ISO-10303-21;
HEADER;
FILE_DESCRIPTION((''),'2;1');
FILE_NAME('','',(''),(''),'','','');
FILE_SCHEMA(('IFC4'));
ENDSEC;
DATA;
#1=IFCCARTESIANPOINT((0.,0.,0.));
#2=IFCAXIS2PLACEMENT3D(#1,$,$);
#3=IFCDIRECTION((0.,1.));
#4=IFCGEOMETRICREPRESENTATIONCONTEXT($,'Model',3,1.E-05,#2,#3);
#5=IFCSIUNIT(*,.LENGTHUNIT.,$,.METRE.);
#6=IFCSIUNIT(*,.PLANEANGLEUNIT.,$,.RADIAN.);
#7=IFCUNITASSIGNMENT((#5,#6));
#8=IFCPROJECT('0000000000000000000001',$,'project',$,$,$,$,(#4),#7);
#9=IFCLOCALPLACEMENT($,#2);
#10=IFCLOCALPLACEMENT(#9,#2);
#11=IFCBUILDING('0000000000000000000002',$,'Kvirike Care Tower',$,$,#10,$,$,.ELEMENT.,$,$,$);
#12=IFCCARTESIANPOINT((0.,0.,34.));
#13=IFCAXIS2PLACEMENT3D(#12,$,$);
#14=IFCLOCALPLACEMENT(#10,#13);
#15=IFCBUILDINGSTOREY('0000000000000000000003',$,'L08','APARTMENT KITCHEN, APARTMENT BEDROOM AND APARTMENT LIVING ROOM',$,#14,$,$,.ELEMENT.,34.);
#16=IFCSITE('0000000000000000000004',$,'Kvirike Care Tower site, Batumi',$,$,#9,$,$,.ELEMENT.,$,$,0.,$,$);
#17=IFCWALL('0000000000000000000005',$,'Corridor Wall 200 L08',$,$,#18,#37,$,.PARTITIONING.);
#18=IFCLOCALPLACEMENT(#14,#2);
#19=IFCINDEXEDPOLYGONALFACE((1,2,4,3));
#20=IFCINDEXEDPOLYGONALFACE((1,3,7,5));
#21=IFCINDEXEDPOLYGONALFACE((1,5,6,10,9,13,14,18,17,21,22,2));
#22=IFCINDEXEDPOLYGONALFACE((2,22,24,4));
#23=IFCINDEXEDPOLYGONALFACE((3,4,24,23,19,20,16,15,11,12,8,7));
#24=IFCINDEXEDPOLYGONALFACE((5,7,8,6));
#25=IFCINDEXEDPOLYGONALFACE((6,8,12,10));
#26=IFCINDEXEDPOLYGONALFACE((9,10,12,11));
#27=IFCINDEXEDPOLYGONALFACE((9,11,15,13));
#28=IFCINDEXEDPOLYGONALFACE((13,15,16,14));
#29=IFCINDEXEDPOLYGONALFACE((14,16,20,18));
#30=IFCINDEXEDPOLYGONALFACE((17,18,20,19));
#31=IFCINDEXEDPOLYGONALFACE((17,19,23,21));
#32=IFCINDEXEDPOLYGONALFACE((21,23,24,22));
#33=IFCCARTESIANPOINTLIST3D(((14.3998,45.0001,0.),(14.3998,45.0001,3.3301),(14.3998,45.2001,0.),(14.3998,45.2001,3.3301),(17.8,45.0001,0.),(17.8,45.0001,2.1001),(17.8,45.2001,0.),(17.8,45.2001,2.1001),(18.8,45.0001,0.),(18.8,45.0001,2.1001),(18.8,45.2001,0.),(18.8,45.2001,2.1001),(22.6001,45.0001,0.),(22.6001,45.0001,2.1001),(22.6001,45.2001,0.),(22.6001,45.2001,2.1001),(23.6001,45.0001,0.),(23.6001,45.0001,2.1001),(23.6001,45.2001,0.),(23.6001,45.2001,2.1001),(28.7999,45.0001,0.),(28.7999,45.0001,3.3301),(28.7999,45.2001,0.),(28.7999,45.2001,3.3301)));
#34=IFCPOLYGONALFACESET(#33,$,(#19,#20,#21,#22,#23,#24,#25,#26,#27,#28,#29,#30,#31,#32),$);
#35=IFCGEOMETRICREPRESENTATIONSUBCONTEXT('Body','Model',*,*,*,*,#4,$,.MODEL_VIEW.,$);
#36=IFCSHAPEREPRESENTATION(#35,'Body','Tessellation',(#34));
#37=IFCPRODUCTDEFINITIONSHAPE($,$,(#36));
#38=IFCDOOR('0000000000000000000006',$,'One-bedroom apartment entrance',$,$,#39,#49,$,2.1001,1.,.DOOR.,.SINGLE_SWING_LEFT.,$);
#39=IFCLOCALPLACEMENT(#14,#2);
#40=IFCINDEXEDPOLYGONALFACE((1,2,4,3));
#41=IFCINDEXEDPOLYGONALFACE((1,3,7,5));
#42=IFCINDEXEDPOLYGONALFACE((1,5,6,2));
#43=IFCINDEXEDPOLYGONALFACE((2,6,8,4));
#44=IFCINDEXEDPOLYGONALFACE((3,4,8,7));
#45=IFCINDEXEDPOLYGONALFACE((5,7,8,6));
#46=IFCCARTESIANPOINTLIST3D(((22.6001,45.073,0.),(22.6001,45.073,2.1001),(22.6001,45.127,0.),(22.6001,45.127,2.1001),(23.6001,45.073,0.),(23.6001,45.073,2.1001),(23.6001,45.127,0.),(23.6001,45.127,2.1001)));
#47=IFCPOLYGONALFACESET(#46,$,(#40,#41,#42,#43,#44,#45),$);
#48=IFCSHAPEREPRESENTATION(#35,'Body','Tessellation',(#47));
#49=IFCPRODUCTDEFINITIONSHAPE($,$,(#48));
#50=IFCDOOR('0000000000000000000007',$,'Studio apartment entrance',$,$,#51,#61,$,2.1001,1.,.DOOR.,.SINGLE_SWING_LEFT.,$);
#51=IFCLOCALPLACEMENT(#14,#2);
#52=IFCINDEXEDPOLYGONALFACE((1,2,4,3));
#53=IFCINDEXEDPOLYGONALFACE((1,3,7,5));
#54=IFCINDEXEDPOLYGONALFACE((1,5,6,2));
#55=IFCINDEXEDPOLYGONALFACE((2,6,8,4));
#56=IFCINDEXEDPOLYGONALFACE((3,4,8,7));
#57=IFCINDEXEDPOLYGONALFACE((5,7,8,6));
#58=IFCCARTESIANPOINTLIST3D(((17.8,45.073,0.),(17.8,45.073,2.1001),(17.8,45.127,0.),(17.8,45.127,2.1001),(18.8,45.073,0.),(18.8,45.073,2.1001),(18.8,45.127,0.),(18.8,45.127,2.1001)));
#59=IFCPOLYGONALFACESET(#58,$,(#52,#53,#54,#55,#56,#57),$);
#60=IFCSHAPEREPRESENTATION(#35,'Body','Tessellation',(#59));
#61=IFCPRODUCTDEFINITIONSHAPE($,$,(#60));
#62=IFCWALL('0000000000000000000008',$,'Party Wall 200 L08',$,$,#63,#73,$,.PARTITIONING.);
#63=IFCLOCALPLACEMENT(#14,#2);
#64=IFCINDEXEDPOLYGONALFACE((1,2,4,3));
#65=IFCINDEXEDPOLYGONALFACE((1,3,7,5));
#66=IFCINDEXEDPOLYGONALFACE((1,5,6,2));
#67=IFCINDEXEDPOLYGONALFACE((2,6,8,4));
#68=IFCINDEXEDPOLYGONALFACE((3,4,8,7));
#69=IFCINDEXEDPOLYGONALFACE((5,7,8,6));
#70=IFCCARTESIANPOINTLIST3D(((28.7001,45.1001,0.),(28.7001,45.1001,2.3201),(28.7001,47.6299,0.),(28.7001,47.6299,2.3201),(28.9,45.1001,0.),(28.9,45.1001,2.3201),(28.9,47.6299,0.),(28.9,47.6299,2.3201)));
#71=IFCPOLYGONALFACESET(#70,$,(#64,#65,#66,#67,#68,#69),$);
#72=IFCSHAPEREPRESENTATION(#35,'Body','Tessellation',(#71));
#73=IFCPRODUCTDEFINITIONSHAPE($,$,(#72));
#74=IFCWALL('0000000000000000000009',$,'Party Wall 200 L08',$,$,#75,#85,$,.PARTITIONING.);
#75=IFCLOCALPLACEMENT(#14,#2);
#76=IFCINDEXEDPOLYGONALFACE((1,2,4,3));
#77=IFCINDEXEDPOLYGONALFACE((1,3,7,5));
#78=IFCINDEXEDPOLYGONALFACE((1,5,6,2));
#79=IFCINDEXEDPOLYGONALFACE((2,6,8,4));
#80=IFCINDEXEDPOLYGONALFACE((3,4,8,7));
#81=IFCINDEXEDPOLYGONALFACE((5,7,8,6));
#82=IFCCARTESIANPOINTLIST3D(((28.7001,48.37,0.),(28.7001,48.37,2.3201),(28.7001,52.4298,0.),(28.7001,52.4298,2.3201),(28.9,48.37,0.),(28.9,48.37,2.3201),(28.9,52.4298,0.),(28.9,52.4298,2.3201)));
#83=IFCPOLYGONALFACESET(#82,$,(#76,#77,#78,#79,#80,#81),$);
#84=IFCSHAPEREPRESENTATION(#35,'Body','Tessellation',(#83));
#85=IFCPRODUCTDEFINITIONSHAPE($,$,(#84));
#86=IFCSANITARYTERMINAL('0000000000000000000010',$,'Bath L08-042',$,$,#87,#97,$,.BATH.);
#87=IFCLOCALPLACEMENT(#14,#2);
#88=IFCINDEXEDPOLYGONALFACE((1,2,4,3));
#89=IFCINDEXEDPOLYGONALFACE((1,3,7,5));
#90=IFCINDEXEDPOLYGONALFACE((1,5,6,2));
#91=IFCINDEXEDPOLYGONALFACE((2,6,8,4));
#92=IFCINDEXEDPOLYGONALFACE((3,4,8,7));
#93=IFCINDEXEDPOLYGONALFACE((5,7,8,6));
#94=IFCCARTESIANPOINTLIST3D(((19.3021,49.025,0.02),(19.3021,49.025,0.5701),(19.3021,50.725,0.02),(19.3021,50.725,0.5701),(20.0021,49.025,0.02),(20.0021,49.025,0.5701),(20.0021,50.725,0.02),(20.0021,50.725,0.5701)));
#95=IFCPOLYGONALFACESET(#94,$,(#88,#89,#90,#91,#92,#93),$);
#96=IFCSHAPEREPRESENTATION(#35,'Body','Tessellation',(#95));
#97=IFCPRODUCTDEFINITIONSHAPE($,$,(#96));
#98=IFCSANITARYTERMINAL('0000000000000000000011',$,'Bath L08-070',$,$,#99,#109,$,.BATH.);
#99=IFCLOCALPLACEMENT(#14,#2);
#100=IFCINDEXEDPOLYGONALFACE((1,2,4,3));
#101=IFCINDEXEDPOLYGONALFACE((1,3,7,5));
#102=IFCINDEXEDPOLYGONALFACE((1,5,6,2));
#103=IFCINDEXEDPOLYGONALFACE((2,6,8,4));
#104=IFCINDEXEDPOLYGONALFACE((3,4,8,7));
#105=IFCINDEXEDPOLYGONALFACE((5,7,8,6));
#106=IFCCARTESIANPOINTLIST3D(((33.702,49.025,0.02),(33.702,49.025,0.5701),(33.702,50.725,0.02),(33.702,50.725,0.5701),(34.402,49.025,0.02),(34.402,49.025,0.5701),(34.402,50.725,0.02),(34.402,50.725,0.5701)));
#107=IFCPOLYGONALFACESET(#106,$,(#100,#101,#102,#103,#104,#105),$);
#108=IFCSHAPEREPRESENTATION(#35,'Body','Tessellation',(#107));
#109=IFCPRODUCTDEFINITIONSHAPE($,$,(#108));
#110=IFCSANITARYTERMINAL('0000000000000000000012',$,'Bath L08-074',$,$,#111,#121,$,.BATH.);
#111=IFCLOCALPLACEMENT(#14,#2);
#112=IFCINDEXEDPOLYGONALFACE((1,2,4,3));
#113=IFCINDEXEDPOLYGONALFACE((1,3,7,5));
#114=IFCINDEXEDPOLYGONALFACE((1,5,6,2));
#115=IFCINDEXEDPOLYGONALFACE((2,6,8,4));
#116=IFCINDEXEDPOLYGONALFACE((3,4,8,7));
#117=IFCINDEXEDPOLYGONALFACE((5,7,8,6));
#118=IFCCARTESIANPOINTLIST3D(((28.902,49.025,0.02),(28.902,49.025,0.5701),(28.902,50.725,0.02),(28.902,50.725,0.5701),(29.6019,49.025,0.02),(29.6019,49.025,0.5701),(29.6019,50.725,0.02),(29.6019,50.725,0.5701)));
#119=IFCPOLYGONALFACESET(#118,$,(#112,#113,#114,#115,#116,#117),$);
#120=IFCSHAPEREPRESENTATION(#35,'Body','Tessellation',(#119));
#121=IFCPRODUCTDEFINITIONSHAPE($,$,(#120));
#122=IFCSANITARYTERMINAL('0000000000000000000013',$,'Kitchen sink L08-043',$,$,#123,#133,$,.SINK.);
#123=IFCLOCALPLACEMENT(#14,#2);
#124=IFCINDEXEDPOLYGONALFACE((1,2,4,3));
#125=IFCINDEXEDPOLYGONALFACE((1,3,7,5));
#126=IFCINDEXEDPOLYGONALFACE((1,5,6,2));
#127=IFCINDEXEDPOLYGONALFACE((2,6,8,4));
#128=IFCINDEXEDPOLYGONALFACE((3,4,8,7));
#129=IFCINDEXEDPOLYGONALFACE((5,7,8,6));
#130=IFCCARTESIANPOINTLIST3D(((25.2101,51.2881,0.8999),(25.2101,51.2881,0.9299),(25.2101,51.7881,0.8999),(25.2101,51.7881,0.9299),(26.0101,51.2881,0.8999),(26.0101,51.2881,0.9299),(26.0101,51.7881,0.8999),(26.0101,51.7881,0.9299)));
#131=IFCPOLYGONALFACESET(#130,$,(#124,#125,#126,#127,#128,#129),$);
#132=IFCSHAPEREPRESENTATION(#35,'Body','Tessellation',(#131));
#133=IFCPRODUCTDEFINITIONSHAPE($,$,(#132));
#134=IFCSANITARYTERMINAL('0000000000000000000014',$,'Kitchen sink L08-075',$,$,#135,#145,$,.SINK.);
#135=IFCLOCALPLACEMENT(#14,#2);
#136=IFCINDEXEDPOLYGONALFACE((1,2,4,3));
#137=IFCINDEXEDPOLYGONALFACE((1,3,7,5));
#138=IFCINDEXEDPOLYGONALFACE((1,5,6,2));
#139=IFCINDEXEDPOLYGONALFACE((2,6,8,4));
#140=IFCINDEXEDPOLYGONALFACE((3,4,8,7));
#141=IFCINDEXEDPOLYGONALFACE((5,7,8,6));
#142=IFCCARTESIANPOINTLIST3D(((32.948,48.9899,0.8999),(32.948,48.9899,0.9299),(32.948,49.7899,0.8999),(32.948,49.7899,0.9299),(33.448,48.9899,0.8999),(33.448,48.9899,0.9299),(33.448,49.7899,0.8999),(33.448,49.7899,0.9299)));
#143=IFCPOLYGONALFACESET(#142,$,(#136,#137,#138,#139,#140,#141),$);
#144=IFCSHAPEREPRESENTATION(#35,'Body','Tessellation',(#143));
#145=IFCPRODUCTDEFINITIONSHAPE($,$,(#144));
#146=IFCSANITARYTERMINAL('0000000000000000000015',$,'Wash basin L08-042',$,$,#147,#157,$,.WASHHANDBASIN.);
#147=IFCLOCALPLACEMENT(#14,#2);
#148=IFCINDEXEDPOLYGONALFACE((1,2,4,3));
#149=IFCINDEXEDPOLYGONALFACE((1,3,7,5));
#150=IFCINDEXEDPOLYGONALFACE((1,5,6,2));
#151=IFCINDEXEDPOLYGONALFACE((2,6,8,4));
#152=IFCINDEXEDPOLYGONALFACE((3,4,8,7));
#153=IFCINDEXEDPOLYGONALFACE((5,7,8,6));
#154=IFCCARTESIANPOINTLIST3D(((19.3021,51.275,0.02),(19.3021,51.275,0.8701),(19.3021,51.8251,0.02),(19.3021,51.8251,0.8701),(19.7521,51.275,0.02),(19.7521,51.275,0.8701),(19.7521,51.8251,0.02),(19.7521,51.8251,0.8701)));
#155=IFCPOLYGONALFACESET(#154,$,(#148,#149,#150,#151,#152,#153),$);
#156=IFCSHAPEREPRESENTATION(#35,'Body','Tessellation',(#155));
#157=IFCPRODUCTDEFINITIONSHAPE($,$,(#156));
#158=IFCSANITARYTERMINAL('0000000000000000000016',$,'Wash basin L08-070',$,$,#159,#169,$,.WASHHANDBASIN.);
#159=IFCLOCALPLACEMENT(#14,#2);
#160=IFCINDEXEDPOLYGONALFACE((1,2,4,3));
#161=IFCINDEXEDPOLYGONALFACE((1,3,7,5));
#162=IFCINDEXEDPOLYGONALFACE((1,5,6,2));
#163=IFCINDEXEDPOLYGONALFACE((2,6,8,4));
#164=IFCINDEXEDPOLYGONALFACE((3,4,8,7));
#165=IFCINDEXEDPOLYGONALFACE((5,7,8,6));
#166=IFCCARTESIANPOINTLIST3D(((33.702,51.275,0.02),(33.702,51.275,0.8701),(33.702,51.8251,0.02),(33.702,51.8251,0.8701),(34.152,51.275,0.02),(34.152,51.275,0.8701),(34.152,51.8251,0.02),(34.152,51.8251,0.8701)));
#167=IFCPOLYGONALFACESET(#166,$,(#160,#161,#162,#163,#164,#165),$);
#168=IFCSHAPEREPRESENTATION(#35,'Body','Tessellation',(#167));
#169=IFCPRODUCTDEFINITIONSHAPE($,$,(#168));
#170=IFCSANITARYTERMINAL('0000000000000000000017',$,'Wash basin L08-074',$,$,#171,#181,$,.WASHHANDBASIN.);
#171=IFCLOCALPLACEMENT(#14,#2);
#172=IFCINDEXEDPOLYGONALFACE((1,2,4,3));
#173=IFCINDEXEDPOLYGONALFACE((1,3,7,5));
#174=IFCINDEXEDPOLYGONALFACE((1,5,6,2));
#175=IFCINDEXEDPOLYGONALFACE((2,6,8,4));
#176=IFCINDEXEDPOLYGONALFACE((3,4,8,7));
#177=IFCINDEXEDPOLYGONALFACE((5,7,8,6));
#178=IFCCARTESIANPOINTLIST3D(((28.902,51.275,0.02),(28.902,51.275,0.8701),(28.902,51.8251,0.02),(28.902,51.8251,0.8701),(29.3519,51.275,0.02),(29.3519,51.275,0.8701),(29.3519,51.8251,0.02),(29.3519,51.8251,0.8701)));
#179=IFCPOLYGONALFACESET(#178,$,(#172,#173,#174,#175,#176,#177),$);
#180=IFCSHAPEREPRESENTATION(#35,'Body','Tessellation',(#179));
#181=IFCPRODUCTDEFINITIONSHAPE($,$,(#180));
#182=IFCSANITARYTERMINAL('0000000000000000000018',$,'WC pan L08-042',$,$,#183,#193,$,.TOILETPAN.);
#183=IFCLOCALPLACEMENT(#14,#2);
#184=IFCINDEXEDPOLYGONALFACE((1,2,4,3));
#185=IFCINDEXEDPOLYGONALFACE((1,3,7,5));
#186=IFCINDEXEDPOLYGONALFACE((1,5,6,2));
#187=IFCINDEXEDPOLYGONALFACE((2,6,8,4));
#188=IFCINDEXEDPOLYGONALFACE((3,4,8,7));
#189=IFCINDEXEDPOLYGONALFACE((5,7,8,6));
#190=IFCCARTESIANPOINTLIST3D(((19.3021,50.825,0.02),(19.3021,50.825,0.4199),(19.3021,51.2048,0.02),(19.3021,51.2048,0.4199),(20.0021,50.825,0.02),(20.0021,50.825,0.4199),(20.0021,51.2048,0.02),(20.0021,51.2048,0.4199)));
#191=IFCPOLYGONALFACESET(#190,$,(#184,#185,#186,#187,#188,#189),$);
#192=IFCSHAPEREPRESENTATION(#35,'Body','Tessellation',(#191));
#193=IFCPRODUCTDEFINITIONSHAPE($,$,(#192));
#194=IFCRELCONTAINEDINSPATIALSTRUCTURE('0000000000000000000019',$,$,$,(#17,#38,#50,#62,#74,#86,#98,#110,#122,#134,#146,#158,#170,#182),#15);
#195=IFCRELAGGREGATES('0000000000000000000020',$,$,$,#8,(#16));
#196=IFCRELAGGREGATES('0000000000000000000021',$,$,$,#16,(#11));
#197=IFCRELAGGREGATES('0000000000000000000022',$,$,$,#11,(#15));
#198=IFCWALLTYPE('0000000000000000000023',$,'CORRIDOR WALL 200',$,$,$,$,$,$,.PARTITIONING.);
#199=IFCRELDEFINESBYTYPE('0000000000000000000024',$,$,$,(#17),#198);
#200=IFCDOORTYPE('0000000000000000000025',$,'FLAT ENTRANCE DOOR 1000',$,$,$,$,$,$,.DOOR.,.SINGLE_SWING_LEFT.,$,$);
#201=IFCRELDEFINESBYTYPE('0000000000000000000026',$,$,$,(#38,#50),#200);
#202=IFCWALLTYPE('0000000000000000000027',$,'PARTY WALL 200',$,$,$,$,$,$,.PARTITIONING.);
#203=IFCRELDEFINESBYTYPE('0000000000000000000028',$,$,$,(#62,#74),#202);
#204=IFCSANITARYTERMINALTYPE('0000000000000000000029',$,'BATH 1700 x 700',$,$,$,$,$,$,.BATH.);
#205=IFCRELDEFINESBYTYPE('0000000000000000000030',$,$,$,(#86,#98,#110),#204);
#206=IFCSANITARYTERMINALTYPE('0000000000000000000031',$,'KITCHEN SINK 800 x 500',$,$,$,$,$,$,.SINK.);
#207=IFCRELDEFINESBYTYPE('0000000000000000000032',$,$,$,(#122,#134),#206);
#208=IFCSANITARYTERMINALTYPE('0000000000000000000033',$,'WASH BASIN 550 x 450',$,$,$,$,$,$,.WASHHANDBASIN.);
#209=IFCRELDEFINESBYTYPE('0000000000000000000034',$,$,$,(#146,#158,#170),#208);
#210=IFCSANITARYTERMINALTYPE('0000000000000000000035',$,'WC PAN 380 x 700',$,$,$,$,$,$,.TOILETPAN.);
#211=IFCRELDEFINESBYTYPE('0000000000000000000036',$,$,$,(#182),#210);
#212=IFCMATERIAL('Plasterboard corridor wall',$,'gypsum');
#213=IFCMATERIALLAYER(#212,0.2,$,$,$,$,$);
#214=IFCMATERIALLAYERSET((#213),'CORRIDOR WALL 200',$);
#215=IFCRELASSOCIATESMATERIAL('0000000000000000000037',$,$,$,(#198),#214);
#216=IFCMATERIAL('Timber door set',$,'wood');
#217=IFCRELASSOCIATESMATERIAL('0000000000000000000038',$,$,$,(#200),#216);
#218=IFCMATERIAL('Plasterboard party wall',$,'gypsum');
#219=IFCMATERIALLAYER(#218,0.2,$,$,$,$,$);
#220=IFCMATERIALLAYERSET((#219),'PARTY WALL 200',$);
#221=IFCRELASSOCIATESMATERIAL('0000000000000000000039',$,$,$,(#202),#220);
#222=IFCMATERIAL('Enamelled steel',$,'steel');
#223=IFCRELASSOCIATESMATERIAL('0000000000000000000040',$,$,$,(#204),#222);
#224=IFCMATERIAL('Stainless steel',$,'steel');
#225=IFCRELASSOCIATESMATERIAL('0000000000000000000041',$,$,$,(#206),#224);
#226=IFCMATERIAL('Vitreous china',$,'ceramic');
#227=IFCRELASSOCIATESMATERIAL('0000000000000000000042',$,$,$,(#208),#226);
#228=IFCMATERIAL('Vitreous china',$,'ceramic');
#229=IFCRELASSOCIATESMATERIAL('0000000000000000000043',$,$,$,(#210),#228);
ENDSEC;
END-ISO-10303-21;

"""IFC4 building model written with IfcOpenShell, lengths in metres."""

from ifc_helpers import new_model, si_unit, direction, frame, frame_2d, origin, origin_2d, place, context, subcontext, project, spatial, rectangle, extrude, material, layer, layer_set, type_object, element, fill, save


model = new_model("IFC4")

# Units and contexts
model_context = context("Model", 3, precision=1e-05, world=origin(), true_north=direction((0.0, 1.0)))
body_context = subcontext(model_context, "Body", "Model", "MODEL_VIEW")
ifc_project = project(units=[si_unit("LENGTHUNIT", "METRE"), si_unit("PLANEANGLEUNIT", "RADIAN")], contexts=[model_context])

# Site, building, storey
site_placement = place(None, origin())
site = spatial("IfcSite", under=ifc_project, at=site_placement, Name="Kvirike Care Tower site, Batumi", CompositionType="ELEMENT", RefElevation=0.0)
building_placement = place(site_placement, origin())
building = spatial("IfcBuilding", under=site, at=building_placement, Name="Kvirike Care Tower", CompositionType="ELEMENT")
storey_placement = place(building_placement, frame((0.0, 0.0, 34.0)))
storey = spatial("IfcBuildingStorey", under=building, at=storey_placement, Name="L08", Description="APARTMENT KITCHEN, APARTMENT BEDROOM AND APARTMENT LIVING ROOM", CompositionType="ELEMENT", Elevation=34.0)

# Wall, openings, doors
ifc_material_1 = material(Name="Plasterboard corridor wall", Category="gypsum")
ifc_layer_1 = layer(ifc_material_1, 0.2)
ifc_layer_set_1 = layer_set([ifc_layer_1], Name="CORRIDOR WALL 200")
wall_type_1 = type_object("IfcWallType", Name="CORRIDOR WALL 200", PredefinedType="PARTITIONING", material=ifc_layer_set_1)
wall_1_placement = place(storey_placement, frame((28.8, 45.1001, 0.0), z_axis=(0.0, 0.0, 1.0), x_axis=(-1.0, 0.0, 0.0)))
wall_1 = element("IfcWall", 1, at=wall_1_placement, inside=storey, type_object=wall_type_1, Name="Corridor Wall 200 L08", PredefinedType="PARTITIONING", context=body_context, shape_type="SweptSolid", body=[
    extrude(rectangle(XDim=14.4001, YDim=0.2, at=frame_2d((7.2002, 0.0))), origin(), (0.0, 0.0, 1.0), 3.3301),
])
opening_1_placement = place(wall_1_placement, frame((5.2, 0.0, 0.0)))
opening_1 = element("IfcOpeningElement", 2, at=opening_1_placement, cuts=wall_1, PredefinedType="OPENING", context=body_context, shape_type="SweptSolid", body=[
    extrude(rectangle(XDim=1.0, YDim=2.1001, at=frame_2d((0.5, 1.05))), frame((0.0, 0.1106, 0.0), z_axis=(0.0, -1.0, 0.0), x_axis=(1.0, 0.0, 0.0)), (0.0, 0.0, 1.0), 0.2209),
])
opening_2_placement = place(wall_1_placement, frame((10.0, 0.0, 0.0)))
opening_2 = element("IfcOpeningElement", 3, at=opening_2_placement, cuts=wall_1, PredefinedType="OPENING", context=body_context, shape_type="SweptSolid", body=[
    extrude(rectangle(XDim=1.0, YDim=2.1001, at=frame_2d((0.5, 1.05))), frame((0.0, 0.1106, 0.0), z_axis=(0.0, -1.0, 0.0), x_axis=(1.0, 0.0, 0.0)), (0.0, 0.0, 1.0), 0.2209),
])
ifc_material_2 = material(Name="Timber door set", Category="wood")
door_type = type_object("IfcDoorType", Name="FLAT ENTRANCE DOOR 1000", OperationType="SINGLE_SWING_LEFT", PredefinedType="DOOR", material=ifc_material_2)
door_1_placement = place(opening_1_placement, frame((1.0, 0.0, 0.0), z_axis=(0.0, 0.0, 1.0), x_axis=(-1.0, 0.0, 0.0)))
door_1 = element("IfcDoor", 4, at=door_1_placement, inside=storey, type_object=door_type, Name="One-bedroom apartment entrance", OperationType="SINGLE_SWING_LEFT", OverallHeight=2.1001, OverallWidth=1.0, PredefinedType="DOOR", context=body_context, shape_type="SweptSolid", body=[
    extrude(rectangle(XDim=1.0, YDim=2.1001, at=frame_2d((0.5, 1.05))), frame((0.0, 0.0269, 0.0), z_axis=(0.0, -1.0, 0.0), x_axis=(1.0, 0.0, 0.0)), (0.0, 0.0, 1.0), 0.054),
])
fill(opening_1, door_1)
door_2_placement = place(opening_2_placement, frame((1.0, 0.0, 0.0), z_axis=(0.0, 0.0, 1.0), x_axis=(-1.0, 0.0, 0.0)))
door_2 = element("IfcDoor", 5, at=door_2_placement, inside=storey, type_object=door_type, Name="Studio apartment entrance", OperationType="SINGLE_SWING_LEFT", OverallHeight=2.1001, OverallWidth=1.0, PredefinedType="DOOR", context=body_context, shape_type="SweptSolid", body=[
    extrude(rectangle(XDim=1.0, YDim=2.1001, at=frame_2d((0.5, 1.05))), frame((0.0, 0.0269, 0.0), z_axis=(0.0, -1.0, 0.0), x_axis=(1.0, 0.0, 0.0)), (0.0, 0.0, 1.0), 0.054),
])
fill(opening_2, door_2)

# Walls
ifc_material_3 = material(Name="Plasterboard party wall", Category="gypsum")
ifc_layer_2 = layer(ifc_material_3, 0.2)
ifc_layer_set_2 = layer_set([ifc_layer_2], Name="PARTY WALL 200")
wall_type_2 = type_object("IfcWallType", Name="PARTY WALL 200", PredefinedType="PARTITIONING", material=ifc_layer_set_2)
wall_2_placement = place(storey_placement, frame((28.8, 45.1001, 0.0), z_axis=(0.0, 0.0, 1.0), x_axis=(0.0, 1.0, 0.0)))
element("IfcWall", 6, at=wall_2_placement, inside=storey, type_object=wall_type_2, Name="Party Wall 200 L08", PredefinedType="PARTITIONING", context=body_context, shape_type="SweptSolid", body=[
    extrude(rectangle(XDim=2.5298, YDim=0.2, at=frame_2d((1.2649, 0.0))), origin(), (0.0, 0.0, 1.0), 2.3201),
])
wall_3_placement = place(storey_placement, frame((28.8, 48.3701, 0.0), z_axis=(0.0, 0.0, 1.0), x_axis=(0.0, 1.0, 0.0)))
element("IfcWall", 7, at=wall_3_placement, inside=storey, type_object=wall_type_2, Name="Party Wall 200 L08", PredefinedType="PARTITIONING", context=body_context, shape_type="SweptSolid", body=[
    extrude(rectangle(XDim=4.0598, YDim=0.2, at=frame_2d((2.0298, 0.0))), origin(), (0.0, 0.0, 1.0), 2.3201),
])

# Sanitary terminals
ifc_material_4 = material(Name="Enamelled steel", Category="steel")
sanitary_terminal_type_1 = type_object("IfcSanitaryTerminalType", Name="BATH 1700 x 700", PredefinedType="BATH", material=ifc_material_4)
for number, where, z_axis, x_axis, name in (
    (8, (19.6521, 49.875, 0.02), (0.0, 0.0, 1.0), (0.0, 1.0, 0.0), "Bath L08-042"),
    (9, (34.052, 49.875, 0.02), (0.0, 0.0, 1.0), (0.0, 1.0, 0.0), "Bath L08-070"),
    (10, (29.252, 49.875, 0.02), (0.0, 0.0, 1.0), (0.0, 1.0, 0.0), "Bath L08-074"),
):
    element("IfcSanitaryTerminal", number, at=place(storey_placement, frame(where, z_axis=z_axis, x_axis=x_axis)), inside=storey, type_object=sanitary_terminal_type_1, Name=name, PredefinedType="BATH", context=body_context, shape_type="SweptSolid", body=[
        extrude(rectangle(XDim=1.7, YDim=0.7, at=origin_2d()), origin(), (0.0, 0.0, 1.0), 0.55),
    ])
ifc_material_5 = material(Name="Stainless steel", Category="steel")
sanitary_terminal_type_2 = type_object("IfcSanitaryTerminalType", Name="KITCHEN SINK 800 x 500", PredefinedType="SINK", material=ifc_material_5)
for number, where, z_axis, x_axis, name in (
    (11, (25.6101, 51.5381, 0.8999), (0.0, 0.0, 1.0), (1.0, 0.0, 0.0), "Kitchen sink L08-043"),
    (12, (33.198, 49.3899, 0.8999), (0.0, 0.0, 1.0), (0.0, -1.0, 0.0), "Kitchen sink L08-075"),
):
    element("IfcSanitaryTerminal", number, at=place(storey_placement, frame(where, z_axis=z_axis, x_axis=x_axis)), inside=storey, type_object=sanitary_terminal_type_2, Name=name, PredefinedType="SINK", context=body_context, shape_type="SweptSolid", body=[
        extrude(rectangle(XDim=0.8, YDim=0.5, at=origin_2d()), origin(), (0.0, 0.0, 1.0), 0.03),
    ])
ifc_material_6 = material(Name="Vitreous china", Category="ceramic")
sanitary_terminal_type_3 = type_object("IfcSanitaryTerminalType", Name="WASH BASIN 550 x 450", PredefinedType="WASHHANDBASIN", material=ifc_material_6)
for number, where, z_axis, x_axis, name in (
    (13, (19.5271, 51.55, 0.02), (0.0, 0.0, 1.0), (0.0, 1.0, 0.0), "Wash basin L08-042"),
    (14, (33.927, 51.55, 0.02), (0.0, 0.0, 1.0), (0.0, 1.0, 0.0), "Wash basin L08-070"),
    (15, (29.127, 51.55, 0.02), (0.0, 0.0, 1.0), (0.0, 1.0, 0.0), "Wash basin L08-074"),
):
    element("IfcSanitaryTerminal", number, at=place(storey_placement, frame(where, z_axis=z_axis, x_axis=x_axis)), inside=storey, type_object=sanitary_terminal_type_3, Name=name, PredefinedType="WASHHANDBASIN", context=body_context, shape_type="SweptSolid", body=[
        extrude(rectangle(XDim=0.55, YDim=0.45, at=origin_2d()), origin(), (0.0, 0.0, 1.0), 0.8501),
    ])
ifc_material_7 = material(Name="Vitreous china", Category="ceramic")
sanitary_terminal_type_4 = type_object("IfcSanitaryTerminalType", Name="WC PAN 380 x 700", PredefinedType="TOILETPAN", material=ifc_material_7)
for number, where, z_axis, x_axis, name in (
    (16, (19.6521, 51.0149, 0.02), (0.0, 0.0, 1.0), (0.0, 1.0, 0.0), "WC pan L08-042"),
):
    element("IfcSanitaryTerminal", number, at=place(storey_placement, frame(where, z_axis=z_axis, x_axis=x_axis)), inside=storey, type_object=sanitary_terminal_type_4, Name=name, PredefinedType="TOILETPAN", context=body_context, shape_type="SweptSolid", body=[
        extrude(rectangle(XDim=0.3799, YDim=0.7, at=origin_2d()), origin(), (0.0, 0.0, 1.0), 0.3999),
    ])

save(model, "model.ifc")
